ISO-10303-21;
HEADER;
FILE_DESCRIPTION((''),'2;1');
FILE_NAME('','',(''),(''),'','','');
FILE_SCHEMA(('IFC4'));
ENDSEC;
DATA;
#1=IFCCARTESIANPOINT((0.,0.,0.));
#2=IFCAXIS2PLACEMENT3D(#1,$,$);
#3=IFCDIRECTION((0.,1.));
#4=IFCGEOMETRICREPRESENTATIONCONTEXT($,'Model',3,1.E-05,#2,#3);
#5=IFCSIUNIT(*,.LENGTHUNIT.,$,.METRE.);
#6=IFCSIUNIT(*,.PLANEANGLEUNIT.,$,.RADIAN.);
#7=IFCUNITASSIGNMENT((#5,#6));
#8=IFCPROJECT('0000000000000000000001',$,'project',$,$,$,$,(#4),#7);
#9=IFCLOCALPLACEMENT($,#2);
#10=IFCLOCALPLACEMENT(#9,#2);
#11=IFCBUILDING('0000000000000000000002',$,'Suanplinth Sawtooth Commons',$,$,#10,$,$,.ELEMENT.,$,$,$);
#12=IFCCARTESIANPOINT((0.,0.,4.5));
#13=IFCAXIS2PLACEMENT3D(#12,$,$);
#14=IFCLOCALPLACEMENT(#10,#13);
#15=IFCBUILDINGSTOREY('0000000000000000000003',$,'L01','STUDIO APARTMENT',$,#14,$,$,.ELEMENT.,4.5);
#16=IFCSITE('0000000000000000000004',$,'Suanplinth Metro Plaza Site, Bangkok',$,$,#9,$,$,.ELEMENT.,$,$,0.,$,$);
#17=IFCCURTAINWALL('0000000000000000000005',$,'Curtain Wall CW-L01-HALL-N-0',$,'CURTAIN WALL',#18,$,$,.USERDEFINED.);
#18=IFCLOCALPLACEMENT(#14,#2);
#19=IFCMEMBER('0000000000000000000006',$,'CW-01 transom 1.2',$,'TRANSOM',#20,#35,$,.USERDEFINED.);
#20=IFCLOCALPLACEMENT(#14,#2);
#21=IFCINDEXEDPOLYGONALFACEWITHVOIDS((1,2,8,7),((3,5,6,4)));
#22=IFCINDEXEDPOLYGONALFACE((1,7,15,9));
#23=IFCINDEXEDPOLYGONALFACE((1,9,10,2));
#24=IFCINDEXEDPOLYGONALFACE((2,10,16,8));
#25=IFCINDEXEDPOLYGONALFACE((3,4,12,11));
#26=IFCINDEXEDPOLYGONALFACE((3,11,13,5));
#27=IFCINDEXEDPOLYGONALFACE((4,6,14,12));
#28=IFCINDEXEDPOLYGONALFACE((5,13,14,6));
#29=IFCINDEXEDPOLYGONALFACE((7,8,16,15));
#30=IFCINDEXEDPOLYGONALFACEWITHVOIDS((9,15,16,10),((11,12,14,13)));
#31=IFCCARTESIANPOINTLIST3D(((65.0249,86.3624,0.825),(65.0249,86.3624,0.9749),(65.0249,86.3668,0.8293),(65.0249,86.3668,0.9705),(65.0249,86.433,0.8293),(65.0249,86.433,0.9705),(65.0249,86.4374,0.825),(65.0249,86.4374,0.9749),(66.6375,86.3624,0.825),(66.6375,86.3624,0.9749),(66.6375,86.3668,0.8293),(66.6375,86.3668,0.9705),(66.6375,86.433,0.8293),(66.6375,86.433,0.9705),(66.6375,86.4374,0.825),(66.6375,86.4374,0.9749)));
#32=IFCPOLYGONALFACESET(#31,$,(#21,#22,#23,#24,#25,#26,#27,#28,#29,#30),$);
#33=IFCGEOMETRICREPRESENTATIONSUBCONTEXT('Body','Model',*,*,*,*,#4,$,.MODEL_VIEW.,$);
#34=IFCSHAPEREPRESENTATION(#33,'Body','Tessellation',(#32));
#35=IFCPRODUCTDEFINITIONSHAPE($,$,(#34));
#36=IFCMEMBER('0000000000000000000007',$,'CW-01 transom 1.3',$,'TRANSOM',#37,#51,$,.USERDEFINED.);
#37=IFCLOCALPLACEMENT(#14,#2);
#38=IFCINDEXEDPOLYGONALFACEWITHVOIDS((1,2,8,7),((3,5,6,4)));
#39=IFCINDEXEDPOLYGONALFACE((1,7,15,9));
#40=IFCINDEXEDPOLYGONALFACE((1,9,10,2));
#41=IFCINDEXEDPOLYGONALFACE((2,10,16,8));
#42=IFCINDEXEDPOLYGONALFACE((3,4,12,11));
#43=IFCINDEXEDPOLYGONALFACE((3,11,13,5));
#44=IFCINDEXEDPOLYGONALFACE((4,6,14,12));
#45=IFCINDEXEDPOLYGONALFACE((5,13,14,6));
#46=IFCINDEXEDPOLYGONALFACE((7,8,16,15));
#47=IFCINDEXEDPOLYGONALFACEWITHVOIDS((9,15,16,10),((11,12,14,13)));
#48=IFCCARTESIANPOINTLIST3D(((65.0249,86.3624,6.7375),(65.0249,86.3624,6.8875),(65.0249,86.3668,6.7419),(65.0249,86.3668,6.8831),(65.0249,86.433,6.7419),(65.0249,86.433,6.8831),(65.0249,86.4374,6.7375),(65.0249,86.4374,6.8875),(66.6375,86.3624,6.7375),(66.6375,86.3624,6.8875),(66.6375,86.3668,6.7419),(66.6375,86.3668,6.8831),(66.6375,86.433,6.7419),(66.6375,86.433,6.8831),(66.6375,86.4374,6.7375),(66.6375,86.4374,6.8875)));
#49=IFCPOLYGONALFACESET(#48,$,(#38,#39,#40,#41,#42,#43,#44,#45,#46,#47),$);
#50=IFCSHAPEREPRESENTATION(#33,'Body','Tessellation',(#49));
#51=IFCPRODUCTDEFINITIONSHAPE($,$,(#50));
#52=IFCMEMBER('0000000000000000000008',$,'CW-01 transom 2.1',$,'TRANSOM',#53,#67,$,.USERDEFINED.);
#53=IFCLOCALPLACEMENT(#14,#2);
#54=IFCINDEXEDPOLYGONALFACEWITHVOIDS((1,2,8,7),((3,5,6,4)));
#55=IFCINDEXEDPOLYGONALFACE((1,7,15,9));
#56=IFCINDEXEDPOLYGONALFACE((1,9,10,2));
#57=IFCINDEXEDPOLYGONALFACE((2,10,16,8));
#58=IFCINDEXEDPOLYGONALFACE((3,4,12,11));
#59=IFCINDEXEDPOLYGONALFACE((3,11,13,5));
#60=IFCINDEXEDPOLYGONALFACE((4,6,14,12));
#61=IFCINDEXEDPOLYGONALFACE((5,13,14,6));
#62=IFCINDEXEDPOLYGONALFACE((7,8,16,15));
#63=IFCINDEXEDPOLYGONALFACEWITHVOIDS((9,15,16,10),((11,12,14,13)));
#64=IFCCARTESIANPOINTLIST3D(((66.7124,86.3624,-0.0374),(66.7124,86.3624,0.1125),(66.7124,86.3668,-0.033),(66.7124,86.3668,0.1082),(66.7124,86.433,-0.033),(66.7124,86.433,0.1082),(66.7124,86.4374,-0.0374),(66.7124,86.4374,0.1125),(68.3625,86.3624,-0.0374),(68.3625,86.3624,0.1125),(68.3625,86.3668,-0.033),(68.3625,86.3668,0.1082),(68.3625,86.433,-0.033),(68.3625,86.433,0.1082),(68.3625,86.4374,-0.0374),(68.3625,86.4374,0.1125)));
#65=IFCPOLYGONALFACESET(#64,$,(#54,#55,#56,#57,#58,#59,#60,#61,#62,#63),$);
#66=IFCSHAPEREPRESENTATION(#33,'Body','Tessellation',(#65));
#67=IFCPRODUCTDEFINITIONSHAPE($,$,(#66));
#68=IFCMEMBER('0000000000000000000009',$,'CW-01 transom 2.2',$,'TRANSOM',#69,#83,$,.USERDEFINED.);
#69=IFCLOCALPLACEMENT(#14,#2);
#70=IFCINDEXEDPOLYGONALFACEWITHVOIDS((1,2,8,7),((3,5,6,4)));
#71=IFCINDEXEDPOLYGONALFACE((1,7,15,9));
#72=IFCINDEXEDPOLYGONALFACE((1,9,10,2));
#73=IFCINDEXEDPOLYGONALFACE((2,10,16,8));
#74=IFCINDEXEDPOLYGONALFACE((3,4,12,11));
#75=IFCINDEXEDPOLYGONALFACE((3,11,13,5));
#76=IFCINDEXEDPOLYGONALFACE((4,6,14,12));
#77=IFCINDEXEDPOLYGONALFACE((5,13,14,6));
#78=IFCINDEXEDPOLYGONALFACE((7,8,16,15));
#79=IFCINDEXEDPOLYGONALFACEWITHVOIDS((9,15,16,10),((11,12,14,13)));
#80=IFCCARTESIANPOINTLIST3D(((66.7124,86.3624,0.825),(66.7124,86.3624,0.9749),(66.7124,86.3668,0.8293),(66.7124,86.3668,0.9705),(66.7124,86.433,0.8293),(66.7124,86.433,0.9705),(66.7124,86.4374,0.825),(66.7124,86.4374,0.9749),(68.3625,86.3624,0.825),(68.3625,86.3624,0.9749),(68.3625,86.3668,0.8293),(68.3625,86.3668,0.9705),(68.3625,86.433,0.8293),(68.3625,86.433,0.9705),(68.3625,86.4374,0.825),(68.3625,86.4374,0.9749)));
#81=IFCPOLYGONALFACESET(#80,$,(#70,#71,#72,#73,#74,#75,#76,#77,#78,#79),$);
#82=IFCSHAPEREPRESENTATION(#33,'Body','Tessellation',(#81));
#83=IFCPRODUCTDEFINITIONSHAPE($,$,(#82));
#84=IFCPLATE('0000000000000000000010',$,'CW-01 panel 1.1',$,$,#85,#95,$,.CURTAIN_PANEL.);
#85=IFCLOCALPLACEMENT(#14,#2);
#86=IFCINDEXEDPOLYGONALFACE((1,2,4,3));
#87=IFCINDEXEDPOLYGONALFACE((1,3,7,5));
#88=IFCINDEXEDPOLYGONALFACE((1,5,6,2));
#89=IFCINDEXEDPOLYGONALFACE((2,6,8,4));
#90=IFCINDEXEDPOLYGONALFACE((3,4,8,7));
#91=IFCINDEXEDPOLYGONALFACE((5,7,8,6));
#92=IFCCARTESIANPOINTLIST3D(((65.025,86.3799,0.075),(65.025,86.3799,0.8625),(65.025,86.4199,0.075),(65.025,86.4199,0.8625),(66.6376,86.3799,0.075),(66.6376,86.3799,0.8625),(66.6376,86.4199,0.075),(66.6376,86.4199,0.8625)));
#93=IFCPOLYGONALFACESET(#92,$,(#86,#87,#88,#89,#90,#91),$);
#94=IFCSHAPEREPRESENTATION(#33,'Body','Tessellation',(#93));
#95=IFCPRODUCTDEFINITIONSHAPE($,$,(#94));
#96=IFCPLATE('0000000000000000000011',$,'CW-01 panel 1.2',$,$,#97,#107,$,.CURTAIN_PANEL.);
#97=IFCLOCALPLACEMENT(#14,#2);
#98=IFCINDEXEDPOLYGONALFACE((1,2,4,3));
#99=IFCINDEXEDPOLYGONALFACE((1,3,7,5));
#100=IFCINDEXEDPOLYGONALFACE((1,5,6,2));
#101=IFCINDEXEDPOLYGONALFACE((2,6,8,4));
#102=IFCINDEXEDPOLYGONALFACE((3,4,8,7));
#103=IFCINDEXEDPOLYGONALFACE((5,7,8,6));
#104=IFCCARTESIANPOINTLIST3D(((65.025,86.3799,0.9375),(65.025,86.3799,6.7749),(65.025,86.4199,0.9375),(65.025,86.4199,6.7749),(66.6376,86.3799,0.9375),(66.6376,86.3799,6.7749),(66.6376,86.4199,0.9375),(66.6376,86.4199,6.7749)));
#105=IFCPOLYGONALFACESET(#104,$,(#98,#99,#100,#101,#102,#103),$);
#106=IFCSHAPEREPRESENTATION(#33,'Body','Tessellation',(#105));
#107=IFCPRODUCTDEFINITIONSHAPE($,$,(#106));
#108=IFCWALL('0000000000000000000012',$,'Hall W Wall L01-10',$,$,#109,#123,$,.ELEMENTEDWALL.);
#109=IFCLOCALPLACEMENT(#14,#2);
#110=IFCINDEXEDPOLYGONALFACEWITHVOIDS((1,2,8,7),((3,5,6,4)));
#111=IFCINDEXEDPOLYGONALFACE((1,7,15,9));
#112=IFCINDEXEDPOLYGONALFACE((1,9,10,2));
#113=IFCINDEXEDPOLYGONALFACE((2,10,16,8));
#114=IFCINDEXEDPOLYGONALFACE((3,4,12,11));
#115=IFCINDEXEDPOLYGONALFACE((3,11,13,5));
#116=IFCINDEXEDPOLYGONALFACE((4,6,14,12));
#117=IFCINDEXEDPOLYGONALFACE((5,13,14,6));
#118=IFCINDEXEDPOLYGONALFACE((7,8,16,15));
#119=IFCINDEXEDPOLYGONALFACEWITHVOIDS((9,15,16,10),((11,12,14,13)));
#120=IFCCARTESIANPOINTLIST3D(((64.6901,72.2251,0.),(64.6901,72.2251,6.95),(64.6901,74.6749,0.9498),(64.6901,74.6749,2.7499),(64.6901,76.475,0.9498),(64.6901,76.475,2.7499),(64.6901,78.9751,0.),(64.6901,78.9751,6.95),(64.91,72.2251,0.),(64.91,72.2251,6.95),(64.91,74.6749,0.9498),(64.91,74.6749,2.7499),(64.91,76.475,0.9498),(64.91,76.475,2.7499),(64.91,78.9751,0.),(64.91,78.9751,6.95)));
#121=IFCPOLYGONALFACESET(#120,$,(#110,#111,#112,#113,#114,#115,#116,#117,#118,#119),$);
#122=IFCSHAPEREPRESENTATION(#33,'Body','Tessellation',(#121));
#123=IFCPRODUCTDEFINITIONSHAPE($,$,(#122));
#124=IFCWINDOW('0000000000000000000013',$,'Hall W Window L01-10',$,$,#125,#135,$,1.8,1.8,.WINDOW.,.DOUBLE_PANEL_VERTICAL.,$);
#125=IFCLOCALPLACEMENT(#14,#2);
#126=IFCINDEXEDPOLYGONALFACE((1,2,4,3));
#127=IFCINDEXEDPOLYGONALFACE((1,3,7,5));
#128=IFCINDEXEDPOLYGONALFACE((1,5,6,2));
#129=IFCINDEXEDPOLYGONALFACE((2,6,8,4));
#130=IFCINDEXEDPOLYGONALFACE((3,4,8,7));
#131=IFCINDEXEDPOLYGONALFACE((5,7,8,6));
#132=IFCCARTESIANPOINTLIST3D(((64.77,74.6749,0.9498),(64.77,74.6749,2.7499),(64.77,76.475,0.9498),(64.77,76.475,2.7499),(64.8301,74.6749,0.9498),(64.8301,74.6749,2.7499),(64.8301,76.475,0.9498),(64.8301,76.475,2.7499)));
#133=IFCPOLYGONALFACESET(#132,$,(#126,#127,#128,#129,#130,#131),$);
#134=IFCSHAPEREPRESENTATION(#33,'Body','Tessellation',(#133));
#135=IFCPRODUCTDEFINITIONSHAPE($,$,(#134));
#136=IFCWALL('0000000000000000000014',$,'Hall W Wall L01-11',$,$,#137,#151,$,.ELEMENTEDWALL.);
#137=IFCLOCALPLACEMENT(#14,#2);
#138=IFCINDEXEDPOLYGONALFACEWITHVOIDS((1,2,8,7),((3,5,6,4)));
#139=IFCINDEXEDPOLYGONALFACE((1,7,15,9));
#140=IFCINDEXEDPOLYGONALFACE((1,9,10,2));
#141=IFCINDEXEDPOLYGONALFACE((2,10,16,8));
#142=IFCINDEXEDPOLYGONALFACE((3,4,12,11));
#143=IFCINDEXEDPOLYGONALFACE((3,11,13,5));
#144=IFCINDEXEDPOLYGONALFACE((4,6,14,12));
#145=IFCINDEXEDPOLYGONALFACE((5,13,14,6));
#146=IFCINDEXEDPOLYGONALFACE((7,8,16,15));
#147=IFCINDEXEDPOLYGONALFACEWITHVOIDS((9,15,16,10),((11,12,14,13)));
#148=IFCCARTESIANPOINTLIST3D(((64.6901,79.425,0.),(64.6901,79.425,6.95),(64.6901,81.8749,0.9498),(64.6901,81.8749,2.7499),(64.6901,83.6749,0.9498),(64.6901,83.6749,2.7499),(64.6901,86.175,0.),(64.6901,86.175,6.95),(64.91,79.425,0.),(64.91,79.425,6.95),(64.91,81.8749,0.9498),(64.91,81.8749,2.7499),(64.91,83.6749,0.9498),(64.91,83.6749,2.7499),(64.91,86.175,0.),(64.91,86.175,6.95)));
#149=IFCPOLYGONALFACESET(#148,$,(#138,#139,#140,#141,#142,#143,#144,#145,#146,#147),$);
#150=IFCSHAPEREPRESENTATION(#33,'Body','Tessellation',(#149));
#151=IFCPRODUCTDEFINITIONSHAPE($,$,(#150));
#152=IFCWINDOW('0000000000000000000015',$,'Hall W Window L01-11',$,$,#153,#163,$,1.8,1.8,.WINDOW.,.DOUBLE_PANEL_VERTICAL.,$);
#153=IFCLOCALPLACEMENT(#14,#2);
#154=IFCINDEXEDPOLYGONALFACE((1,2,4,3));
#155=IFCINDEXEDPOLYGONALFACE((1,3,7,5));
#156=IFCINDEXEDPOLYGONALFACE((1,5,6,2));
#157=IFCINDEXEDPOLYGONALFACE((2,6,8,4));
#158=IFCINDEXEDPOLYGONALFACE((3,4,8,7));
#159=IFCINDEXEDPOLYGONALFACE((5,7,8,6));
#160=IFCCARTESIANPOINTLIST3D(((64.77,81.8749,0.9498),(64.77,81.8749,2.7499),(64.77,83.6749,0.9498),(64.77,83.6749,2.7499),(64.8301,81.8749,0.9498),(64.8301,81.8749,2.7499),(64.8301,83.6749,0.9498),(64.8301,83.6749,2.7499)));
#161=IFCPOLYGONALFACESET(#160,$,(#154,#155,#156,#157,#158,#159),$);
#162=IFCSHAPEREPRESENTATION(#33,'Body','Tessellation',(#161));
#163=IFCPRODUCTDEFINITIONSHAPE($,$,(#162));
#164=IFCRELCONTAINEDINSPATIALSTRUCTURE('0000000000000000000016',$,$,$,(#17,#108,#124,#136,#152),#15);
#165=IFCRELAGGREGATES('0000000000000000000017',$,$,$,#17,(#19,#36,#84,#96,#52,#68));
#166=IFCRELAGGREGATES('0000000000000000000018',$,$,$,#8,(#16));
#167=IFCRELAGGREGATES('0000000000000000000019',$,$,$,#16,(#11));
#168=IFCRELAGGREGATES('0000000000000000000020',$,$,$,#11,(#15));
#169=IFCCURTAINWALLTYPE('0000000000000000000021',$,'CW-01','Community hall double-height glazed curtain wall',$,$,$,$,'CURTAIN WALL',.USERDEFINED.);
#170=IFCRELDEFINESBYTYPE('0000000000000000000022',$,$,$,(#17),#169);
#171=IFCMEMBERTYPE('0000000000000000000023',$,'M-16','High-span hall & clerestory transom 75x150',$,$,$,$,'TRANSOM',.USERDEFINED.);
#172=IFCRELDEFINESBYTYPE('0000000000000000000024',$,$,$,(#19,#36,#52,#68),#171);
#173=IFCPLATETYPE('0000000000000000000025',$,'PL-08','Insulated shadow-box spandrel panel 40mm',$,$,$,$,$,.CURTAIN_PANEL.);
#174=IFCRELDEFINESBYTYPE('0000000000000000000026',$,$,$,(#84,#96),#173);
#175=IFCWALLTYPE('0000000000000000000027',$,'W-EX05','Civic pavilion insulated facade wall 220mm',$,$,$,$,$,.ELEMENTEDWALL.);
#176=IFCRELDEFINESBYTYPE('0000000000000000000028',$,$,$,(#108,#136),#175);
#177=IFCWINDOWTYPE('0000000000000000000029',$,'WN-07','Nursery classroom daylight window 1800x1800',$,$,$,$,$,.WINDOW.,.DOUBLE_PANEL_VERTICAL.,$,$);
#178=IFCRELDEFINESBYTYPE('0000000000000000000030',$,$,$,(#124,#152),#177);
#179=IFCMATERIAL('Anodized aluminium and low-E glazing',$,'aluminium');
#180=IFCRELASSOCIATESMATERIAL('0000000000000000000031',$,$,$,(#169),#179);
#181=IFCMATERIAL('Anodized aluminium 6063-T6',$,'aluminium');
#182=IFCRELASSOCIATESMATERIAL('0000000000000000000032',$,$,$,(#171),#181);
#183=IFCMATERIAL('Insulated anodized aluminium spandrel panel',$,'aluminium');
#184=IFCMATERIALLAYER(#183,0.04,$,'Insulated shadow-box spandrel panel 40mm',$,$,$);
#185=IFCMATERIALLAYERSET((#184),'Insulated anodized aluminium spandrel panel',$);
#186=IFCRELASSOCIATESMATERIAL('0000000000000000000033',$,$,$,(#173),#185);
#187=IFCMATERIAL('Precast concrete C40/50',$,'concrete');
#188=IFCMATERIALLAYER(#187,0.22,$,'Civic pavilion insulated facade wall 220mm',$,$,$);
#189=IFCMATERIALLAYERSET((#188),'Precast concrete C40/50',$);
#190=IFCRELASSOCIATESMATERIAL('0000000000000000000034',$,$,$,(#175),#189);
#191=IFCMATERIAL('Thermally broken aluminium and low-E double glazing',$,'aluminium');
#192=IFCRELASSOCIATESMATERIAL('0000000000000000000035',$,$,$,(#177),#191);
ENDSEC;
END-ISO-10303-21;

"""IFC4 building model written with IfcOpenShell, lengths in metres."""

from ifc_helpers import new_model, si_unit, direction, frame, frame_2d, origin, origin_2d, place, context, subcontext, project, spatial, rectangle, hollow_rectangle, extrude, material, layer, layer_set, material_profile, profile_set, type_object, element, fill, aggregate, save


model = new_model("IFC4")

# Units and contexts
model_context = context("Model", 3, precision=1e-05, world=origin(), true_north=direction((0.0, 1.0)))
body_context = subcontext(model_context, "Body", "Model", "MODEL_VIEW")
ifc_project = project(units=[si_unit("LENGTHUNIT", "METRE"), si_unit("PLANEANGLEUNIT", "RADIAN")], contexts=[model_context])

# Site, building, storey
site_placement = place(None, origin())
site = spatial("IfcSite", under=ifc_project, at=site_placement, Name="Suanplinth Metro Plaza Site, Bangkok", CompositionType="ELEMENT", RefElevation=0.0)
building_placement = place(site_placement, origin())
building = spatial("IfcBuilding", under=site, at=building_placement, Name="Suanplinth Sawtooth Commons", CompositionType="ELEMENT")
storey_placement = place(building_placement, frame((0.0, 0.0, 4.5)))
storey = spatial("IfcBuildingStorey", under=building, at=storey_placement, Name="L01", Description="STUDIO APARTMENT", CompositionType="ELEMENT", Elevation=4.5)

# Curtain wall, members, plates
ifc_material_1 = material(Name="Anodized aluminium and low-E glazing", Category="aluminium")
curtain_wall_type = type_object("IfcCurtainWallType", Name="CW-01", Description="Community hall double-height glazed curtain wall", ElementType="CURTAIN WALL", PredefinedType="USERDEFINED", material=ifc_material_1)
curtain_wall_placement = place(storey_placement, origin())
curtain_wall = element("IfcCurtainWall", 1, at=curtain_wall_placement, inside=storey, type_object=curtain_wall_type, Name="Curtain Wall CW-L01-HALL-N-0", ObjectType="CURTAIN WALL", PredefinedType="USERDEFINED")
ifc_material_2 = material(Name="Anodized aluminium 6063-T6", Category="aluminium")
ifc_material_profile_1 = material_profile(ifc_material_2, hollow_rectangle(XDim=0.075, YDim=0.1499, WallThickness=0.0044, at=origin_2d()), Name="ALU-TRN 75x150")
ifc_profile_set_1 = profile_set([ifc_material_profile_1], Name="Anodized aluminium 6063-T6")
member_type_1 = type_object("IfcMemberType", Name="M-16", Description="High-span hall & clerestory transom 75x150", ElementType="TRANSOM", PredefinedType="USERDEFINED", material=ifc_profile_set_1)
member_1_placement = place(storey_placement, frame((65.0249, 86.3999, 0.8999), z_axis=(1.0, 0.0, 0.0), x_axis=(0.0, 1.0, 0.0)))
member_1 = element("IfcMember", 2, at=member_1_placement, type_object=member_type_1, Name="CW-01 transom 1.2", ObjectType="TRANSOM", PredefinedType="USERDEFINED", context=body_context, shape_type="SweptSolid", body=[
    extrude(hollow_rectangle(XDim=0.075, YDim=0.1499, WallThickness=0.0044, at=origin_2d()), origin(), (0.0, 0.0, 1.0), 1.6125),
])
member_2_placement = place(storey_placement, frame((65.0249, 86.3999, 6.8125), z_axis=(1.0, 0.0, 0.0), x_axis=(0.0, 1.0, 0.0)))
member_2 = element("IfcMember", 3, at=member_2_placement, type_object=member_type_1, Name="CW-01 transom 1.3", ObjectType="TRANSOM", PredefinedType="USERDEFINED", context=body_context, shape_type="SweptSolid", body=[
    extrude(hollow_rectangle(XDim=0.075, YDim=0.1499, WallThickness=0.0044, at=origin_2d()), origin(), (0.0, 0.0, 1.0), 1.6125),
])
member_3_placement = place(storey_placement, frame((66.7124, 86.3999, 0.0376), z_axis=(1.0, 0.0, 0.0), x_axis=(0.0, 1.0, 0.0)))
member_3 = element("IfcMember", 4, at=member_3_placement, type_object=member_type_1, Name="CW-01 transom 2.1", ObjectType="TRANSOM", PredefinedType="USERDEFINED", context=body_context, shape_type="SweptSolid", body=[
    extrude(hollow_rectangle(XDim=0.075, YDim=0.1499, WallThickness=0.0044, at=origin_2d()), origin(), (0.0, 0.0, 1.0), 1.6501),
])
member_4_placement = place(storey_placement, frame((66.7124, 86.3999, 0.8999), z_axis=(1.0, 0.0, 0.0), x_axis=(0.0, 1.0, 0.0)))
member_4 = element("IfcMember", 5, at=member_4_placement, type_object=member_type_1, Name="CW-01 transom 2.2", ObjectType="TRANSOM", PredefinedType="USERDEFINED", context=body_context, shape_type="SweptSolid", body=[
    extrude(hollow_rectangle(XDim=0.075, YDim=0.1499, WallThickness=0.0044, at=origin_2d()), origin(), (0.0, 0.0, 1.0), 1.6501),
])
ifc_material_3 = material(Name="Insulated anodized aluminium spandrel panel", Category="aluminium")
ifc_layer_1 = layer(ifc_material_3, 0.04, Name="Insulated shadow-box spandrel panel 40mm")
ifc_layer_set_1 = layer_set([ifc_layer_1], Name="Insulated anodized aluminium spandrel panel")
plate_type = type_object("IfcPlateType", Name="PL-08", Description="Insulated shadow-box spandrel panel 40mm", PredefinedType="CURTAIN_PANEL", material=ifc_layer_set_1)
plate_1_placement = place(storey_placement, frame((65.8313, 86.3999, 0.075), z_axis=(0.0, 0.0, 1.0), x_axis=(1.0, 0.0, 0.0)))
plate_1 = element("IfcPlate", 6, at=plate_1_placement, type_object=plate_type, Name="CW-01 panel 1.1", PredefinedType="CURTAIN_PANEL", context=body_context, shape_type="SweptSolid", body=[
    extrude(rectangle(XDim=1.6125, YDim=0.04, at=origin_2d()), origin(), (0.0, 0.0, 1.0), 0.7876),
])
plate_2_placement = place(storey_placement, frame((65.8313, 86.3999, 0.9375), z_axis=(0.0, 0.0, 1.0), x_axis=(1.0, 0.0, 0.0)))
plate_2 = element("IfcPlate", 7, at=plate_2_placement, type_object=plate_type, Name="CW-01 panel 1.2", PredefinedType="CURTAIN_PANEL", context=body_context, shape_type="SweptSolid", body=[
    extrude(rectangle(XDim=1.6125, YDim=0.04, at=origin_2d()), origin(), (0.0, 0.0, 1.0), 5.8374),
])
aggregate(curtain_wall, [member_1, member_2, plate_1, plate_2, member_3, member_4])

# Walls, openings, windows
ifc_material_4 = material(Name="Precast concrete C40/50", Category="concrete")
ifc_layer_2 = layer(ifc_material_4, 0.22, Name="Civic pavilion insulated facade wall 220mm")
ifc_layer_set_2 = layer_set([ifc_layer_2], Name="Precast concrete C40/50")
wall_type = type_object("IfcWallType", Name="W-EX05", Description="Civic pavilion insulated facade wall 220mm", PredefinedType="ELEMENTEDWALL", material=ifc_layer_set_2)
wall_1_placement = place(storey_placement, frame((64.8, 72.2251, 0.0), z_axis=(0.0, 0.0, 1.0), x_axis=(0.0, 1.0, 0.0)))
wall_1 = element("IfcWall", 8, at=wall_1_placement, inside=storey, type_object=wall_type, Name="Hall W Wall L01-10", PredefinedType="ELEMENTEDWALL", context=body_context, shape_type="SweptSolid", body=[
    extrude(rectangle(XDim=6.75, YDim=0.22, at=frame_2d((3.375, 0.0))), origin(), (0.0, 0.0, 1.0), 6.95),
])
opening_1_placement = place(wall_1_placement, frame((2.45, 0.0, 0.95)))
opening_1 = element("IfcOpeningElement", 9, at=opening_1_placement, cuts=wall_1, PredefinedType="OPENING", context=body_context, shape_type="SweptSolid", body=[
    extrude(rectangle(XDim=1.8, YDim=1.8, at=frame_2d((0.8999, 0.8999))), frame((0.0, 0.125, 0.0), z_axis=(0.0, -1.0, 0.0), x_axis=(1.0, 0.0, 0.0)), (0.0, 0.0, 1.0), 0.2498),
])
ifc_material_5 = material(Name="Thermally broken aluminium and low-E double glazing", Category="aluminium")
window_type = type_object("IfcWindowType", Name="WN-07", Description="Nursery classroom daylight window 1800x1800", PartitioningType="DOUBLE_PANEL_VERTICAL", PredefinedType="WINDOW", material=ifc_material_5)
window_1_placement = place(opening_1_placement, origin())
window_1 = element("IfcWindow", 10, at=window_1_placement, inside=storey, type_object=window_type, Name="Hall W Window L01-10", OverallHeight=1.8, OverallWidth=1.8, PartitioningType="DOUBLE_PANEL_VERTICAL", PredefinedType="WINDOW", context=body_context, shape_type="SweptSolid", body=[
    extrude(rectangle(XDim=1.8, YDim=1.8, at=frame_2d((0.8999, 0.8999))), frame((0.0, 0.03, 0.0), z_axis=(0.0, -1.0, 0.0), x_axis=(1.0, 0.0, 0.0)), (0.0, 0.0, 1.0), 0.0601),
])
fill(opening_1, window_1)
wall_2_placement = place(storey_placement, frame((64.8, 79.425, 0.0), z_axis=(0.0, 0.0, 1.0), x_axis=(0.0, 1.0, 0.0)))
wall_2 = element("IfcWall", 11, at=wall_2_placement, inside=storey, type_object=wall_type, Name="Hall W Wall L01-11", PredefinedType="ELEMENTEDWALL", context=body_context, shape_type="SweptSolid", body=[
    extrude(rectangle(XDim=6.75, YDim=0.22, at=frame_2d((3.375, 0.0))), origin(), (0.0, 0.0, 1.0), 6.95),
])
opening_2_placement = place(wall_2_placement, frame((2.45, 0.0, 0.95)))
opening_2 = element("IfcOpeningElement", 12, at=opening_2_placement, cuts=wall_2, PredefinedType="OPENING", context=body_context, shape_type="SweptSolid", body=[
    extrude(rectangle(XDim=1.8, YDim=1.8, at=frame_2d((0.8999, 0.8999))), frame((0.0, 0.125, 0.0), z_axis=(0.0, -1.0, 0.0), x_axis=(1.0, 0.0, 0.0)), (0.0, 0.0, 1.0), 0.2498),
])
window_2_placement = place(opening_2_placement, origin())
window_2 = element("IfcWindow", 13, at=window_2_placement, inside=storey, type_object=window_type, Name="Hall W Window L01-11", OverallHeight=1.8, OverallWidth=1.8, PartitioningType="DOUBLE_PANEL_VERTICAL", PredefinedType="WINDOW", context=body_context, shape_type="SweptSolid", body=[
    extrude(rectangle(XDim=1.8, YDim=1.8, at=frame_2d((0.8999, 0.8999))), frame((0.0, 0.03, 0.0), z_axis=(0.0, -1.0, 0.0), x_axis=(1.0, 0.0, 0.0)), (0.0, 0.0, 1.0), 0.0601),
])
fill(opening_2, window_2)

save(model, "model.ifc")
